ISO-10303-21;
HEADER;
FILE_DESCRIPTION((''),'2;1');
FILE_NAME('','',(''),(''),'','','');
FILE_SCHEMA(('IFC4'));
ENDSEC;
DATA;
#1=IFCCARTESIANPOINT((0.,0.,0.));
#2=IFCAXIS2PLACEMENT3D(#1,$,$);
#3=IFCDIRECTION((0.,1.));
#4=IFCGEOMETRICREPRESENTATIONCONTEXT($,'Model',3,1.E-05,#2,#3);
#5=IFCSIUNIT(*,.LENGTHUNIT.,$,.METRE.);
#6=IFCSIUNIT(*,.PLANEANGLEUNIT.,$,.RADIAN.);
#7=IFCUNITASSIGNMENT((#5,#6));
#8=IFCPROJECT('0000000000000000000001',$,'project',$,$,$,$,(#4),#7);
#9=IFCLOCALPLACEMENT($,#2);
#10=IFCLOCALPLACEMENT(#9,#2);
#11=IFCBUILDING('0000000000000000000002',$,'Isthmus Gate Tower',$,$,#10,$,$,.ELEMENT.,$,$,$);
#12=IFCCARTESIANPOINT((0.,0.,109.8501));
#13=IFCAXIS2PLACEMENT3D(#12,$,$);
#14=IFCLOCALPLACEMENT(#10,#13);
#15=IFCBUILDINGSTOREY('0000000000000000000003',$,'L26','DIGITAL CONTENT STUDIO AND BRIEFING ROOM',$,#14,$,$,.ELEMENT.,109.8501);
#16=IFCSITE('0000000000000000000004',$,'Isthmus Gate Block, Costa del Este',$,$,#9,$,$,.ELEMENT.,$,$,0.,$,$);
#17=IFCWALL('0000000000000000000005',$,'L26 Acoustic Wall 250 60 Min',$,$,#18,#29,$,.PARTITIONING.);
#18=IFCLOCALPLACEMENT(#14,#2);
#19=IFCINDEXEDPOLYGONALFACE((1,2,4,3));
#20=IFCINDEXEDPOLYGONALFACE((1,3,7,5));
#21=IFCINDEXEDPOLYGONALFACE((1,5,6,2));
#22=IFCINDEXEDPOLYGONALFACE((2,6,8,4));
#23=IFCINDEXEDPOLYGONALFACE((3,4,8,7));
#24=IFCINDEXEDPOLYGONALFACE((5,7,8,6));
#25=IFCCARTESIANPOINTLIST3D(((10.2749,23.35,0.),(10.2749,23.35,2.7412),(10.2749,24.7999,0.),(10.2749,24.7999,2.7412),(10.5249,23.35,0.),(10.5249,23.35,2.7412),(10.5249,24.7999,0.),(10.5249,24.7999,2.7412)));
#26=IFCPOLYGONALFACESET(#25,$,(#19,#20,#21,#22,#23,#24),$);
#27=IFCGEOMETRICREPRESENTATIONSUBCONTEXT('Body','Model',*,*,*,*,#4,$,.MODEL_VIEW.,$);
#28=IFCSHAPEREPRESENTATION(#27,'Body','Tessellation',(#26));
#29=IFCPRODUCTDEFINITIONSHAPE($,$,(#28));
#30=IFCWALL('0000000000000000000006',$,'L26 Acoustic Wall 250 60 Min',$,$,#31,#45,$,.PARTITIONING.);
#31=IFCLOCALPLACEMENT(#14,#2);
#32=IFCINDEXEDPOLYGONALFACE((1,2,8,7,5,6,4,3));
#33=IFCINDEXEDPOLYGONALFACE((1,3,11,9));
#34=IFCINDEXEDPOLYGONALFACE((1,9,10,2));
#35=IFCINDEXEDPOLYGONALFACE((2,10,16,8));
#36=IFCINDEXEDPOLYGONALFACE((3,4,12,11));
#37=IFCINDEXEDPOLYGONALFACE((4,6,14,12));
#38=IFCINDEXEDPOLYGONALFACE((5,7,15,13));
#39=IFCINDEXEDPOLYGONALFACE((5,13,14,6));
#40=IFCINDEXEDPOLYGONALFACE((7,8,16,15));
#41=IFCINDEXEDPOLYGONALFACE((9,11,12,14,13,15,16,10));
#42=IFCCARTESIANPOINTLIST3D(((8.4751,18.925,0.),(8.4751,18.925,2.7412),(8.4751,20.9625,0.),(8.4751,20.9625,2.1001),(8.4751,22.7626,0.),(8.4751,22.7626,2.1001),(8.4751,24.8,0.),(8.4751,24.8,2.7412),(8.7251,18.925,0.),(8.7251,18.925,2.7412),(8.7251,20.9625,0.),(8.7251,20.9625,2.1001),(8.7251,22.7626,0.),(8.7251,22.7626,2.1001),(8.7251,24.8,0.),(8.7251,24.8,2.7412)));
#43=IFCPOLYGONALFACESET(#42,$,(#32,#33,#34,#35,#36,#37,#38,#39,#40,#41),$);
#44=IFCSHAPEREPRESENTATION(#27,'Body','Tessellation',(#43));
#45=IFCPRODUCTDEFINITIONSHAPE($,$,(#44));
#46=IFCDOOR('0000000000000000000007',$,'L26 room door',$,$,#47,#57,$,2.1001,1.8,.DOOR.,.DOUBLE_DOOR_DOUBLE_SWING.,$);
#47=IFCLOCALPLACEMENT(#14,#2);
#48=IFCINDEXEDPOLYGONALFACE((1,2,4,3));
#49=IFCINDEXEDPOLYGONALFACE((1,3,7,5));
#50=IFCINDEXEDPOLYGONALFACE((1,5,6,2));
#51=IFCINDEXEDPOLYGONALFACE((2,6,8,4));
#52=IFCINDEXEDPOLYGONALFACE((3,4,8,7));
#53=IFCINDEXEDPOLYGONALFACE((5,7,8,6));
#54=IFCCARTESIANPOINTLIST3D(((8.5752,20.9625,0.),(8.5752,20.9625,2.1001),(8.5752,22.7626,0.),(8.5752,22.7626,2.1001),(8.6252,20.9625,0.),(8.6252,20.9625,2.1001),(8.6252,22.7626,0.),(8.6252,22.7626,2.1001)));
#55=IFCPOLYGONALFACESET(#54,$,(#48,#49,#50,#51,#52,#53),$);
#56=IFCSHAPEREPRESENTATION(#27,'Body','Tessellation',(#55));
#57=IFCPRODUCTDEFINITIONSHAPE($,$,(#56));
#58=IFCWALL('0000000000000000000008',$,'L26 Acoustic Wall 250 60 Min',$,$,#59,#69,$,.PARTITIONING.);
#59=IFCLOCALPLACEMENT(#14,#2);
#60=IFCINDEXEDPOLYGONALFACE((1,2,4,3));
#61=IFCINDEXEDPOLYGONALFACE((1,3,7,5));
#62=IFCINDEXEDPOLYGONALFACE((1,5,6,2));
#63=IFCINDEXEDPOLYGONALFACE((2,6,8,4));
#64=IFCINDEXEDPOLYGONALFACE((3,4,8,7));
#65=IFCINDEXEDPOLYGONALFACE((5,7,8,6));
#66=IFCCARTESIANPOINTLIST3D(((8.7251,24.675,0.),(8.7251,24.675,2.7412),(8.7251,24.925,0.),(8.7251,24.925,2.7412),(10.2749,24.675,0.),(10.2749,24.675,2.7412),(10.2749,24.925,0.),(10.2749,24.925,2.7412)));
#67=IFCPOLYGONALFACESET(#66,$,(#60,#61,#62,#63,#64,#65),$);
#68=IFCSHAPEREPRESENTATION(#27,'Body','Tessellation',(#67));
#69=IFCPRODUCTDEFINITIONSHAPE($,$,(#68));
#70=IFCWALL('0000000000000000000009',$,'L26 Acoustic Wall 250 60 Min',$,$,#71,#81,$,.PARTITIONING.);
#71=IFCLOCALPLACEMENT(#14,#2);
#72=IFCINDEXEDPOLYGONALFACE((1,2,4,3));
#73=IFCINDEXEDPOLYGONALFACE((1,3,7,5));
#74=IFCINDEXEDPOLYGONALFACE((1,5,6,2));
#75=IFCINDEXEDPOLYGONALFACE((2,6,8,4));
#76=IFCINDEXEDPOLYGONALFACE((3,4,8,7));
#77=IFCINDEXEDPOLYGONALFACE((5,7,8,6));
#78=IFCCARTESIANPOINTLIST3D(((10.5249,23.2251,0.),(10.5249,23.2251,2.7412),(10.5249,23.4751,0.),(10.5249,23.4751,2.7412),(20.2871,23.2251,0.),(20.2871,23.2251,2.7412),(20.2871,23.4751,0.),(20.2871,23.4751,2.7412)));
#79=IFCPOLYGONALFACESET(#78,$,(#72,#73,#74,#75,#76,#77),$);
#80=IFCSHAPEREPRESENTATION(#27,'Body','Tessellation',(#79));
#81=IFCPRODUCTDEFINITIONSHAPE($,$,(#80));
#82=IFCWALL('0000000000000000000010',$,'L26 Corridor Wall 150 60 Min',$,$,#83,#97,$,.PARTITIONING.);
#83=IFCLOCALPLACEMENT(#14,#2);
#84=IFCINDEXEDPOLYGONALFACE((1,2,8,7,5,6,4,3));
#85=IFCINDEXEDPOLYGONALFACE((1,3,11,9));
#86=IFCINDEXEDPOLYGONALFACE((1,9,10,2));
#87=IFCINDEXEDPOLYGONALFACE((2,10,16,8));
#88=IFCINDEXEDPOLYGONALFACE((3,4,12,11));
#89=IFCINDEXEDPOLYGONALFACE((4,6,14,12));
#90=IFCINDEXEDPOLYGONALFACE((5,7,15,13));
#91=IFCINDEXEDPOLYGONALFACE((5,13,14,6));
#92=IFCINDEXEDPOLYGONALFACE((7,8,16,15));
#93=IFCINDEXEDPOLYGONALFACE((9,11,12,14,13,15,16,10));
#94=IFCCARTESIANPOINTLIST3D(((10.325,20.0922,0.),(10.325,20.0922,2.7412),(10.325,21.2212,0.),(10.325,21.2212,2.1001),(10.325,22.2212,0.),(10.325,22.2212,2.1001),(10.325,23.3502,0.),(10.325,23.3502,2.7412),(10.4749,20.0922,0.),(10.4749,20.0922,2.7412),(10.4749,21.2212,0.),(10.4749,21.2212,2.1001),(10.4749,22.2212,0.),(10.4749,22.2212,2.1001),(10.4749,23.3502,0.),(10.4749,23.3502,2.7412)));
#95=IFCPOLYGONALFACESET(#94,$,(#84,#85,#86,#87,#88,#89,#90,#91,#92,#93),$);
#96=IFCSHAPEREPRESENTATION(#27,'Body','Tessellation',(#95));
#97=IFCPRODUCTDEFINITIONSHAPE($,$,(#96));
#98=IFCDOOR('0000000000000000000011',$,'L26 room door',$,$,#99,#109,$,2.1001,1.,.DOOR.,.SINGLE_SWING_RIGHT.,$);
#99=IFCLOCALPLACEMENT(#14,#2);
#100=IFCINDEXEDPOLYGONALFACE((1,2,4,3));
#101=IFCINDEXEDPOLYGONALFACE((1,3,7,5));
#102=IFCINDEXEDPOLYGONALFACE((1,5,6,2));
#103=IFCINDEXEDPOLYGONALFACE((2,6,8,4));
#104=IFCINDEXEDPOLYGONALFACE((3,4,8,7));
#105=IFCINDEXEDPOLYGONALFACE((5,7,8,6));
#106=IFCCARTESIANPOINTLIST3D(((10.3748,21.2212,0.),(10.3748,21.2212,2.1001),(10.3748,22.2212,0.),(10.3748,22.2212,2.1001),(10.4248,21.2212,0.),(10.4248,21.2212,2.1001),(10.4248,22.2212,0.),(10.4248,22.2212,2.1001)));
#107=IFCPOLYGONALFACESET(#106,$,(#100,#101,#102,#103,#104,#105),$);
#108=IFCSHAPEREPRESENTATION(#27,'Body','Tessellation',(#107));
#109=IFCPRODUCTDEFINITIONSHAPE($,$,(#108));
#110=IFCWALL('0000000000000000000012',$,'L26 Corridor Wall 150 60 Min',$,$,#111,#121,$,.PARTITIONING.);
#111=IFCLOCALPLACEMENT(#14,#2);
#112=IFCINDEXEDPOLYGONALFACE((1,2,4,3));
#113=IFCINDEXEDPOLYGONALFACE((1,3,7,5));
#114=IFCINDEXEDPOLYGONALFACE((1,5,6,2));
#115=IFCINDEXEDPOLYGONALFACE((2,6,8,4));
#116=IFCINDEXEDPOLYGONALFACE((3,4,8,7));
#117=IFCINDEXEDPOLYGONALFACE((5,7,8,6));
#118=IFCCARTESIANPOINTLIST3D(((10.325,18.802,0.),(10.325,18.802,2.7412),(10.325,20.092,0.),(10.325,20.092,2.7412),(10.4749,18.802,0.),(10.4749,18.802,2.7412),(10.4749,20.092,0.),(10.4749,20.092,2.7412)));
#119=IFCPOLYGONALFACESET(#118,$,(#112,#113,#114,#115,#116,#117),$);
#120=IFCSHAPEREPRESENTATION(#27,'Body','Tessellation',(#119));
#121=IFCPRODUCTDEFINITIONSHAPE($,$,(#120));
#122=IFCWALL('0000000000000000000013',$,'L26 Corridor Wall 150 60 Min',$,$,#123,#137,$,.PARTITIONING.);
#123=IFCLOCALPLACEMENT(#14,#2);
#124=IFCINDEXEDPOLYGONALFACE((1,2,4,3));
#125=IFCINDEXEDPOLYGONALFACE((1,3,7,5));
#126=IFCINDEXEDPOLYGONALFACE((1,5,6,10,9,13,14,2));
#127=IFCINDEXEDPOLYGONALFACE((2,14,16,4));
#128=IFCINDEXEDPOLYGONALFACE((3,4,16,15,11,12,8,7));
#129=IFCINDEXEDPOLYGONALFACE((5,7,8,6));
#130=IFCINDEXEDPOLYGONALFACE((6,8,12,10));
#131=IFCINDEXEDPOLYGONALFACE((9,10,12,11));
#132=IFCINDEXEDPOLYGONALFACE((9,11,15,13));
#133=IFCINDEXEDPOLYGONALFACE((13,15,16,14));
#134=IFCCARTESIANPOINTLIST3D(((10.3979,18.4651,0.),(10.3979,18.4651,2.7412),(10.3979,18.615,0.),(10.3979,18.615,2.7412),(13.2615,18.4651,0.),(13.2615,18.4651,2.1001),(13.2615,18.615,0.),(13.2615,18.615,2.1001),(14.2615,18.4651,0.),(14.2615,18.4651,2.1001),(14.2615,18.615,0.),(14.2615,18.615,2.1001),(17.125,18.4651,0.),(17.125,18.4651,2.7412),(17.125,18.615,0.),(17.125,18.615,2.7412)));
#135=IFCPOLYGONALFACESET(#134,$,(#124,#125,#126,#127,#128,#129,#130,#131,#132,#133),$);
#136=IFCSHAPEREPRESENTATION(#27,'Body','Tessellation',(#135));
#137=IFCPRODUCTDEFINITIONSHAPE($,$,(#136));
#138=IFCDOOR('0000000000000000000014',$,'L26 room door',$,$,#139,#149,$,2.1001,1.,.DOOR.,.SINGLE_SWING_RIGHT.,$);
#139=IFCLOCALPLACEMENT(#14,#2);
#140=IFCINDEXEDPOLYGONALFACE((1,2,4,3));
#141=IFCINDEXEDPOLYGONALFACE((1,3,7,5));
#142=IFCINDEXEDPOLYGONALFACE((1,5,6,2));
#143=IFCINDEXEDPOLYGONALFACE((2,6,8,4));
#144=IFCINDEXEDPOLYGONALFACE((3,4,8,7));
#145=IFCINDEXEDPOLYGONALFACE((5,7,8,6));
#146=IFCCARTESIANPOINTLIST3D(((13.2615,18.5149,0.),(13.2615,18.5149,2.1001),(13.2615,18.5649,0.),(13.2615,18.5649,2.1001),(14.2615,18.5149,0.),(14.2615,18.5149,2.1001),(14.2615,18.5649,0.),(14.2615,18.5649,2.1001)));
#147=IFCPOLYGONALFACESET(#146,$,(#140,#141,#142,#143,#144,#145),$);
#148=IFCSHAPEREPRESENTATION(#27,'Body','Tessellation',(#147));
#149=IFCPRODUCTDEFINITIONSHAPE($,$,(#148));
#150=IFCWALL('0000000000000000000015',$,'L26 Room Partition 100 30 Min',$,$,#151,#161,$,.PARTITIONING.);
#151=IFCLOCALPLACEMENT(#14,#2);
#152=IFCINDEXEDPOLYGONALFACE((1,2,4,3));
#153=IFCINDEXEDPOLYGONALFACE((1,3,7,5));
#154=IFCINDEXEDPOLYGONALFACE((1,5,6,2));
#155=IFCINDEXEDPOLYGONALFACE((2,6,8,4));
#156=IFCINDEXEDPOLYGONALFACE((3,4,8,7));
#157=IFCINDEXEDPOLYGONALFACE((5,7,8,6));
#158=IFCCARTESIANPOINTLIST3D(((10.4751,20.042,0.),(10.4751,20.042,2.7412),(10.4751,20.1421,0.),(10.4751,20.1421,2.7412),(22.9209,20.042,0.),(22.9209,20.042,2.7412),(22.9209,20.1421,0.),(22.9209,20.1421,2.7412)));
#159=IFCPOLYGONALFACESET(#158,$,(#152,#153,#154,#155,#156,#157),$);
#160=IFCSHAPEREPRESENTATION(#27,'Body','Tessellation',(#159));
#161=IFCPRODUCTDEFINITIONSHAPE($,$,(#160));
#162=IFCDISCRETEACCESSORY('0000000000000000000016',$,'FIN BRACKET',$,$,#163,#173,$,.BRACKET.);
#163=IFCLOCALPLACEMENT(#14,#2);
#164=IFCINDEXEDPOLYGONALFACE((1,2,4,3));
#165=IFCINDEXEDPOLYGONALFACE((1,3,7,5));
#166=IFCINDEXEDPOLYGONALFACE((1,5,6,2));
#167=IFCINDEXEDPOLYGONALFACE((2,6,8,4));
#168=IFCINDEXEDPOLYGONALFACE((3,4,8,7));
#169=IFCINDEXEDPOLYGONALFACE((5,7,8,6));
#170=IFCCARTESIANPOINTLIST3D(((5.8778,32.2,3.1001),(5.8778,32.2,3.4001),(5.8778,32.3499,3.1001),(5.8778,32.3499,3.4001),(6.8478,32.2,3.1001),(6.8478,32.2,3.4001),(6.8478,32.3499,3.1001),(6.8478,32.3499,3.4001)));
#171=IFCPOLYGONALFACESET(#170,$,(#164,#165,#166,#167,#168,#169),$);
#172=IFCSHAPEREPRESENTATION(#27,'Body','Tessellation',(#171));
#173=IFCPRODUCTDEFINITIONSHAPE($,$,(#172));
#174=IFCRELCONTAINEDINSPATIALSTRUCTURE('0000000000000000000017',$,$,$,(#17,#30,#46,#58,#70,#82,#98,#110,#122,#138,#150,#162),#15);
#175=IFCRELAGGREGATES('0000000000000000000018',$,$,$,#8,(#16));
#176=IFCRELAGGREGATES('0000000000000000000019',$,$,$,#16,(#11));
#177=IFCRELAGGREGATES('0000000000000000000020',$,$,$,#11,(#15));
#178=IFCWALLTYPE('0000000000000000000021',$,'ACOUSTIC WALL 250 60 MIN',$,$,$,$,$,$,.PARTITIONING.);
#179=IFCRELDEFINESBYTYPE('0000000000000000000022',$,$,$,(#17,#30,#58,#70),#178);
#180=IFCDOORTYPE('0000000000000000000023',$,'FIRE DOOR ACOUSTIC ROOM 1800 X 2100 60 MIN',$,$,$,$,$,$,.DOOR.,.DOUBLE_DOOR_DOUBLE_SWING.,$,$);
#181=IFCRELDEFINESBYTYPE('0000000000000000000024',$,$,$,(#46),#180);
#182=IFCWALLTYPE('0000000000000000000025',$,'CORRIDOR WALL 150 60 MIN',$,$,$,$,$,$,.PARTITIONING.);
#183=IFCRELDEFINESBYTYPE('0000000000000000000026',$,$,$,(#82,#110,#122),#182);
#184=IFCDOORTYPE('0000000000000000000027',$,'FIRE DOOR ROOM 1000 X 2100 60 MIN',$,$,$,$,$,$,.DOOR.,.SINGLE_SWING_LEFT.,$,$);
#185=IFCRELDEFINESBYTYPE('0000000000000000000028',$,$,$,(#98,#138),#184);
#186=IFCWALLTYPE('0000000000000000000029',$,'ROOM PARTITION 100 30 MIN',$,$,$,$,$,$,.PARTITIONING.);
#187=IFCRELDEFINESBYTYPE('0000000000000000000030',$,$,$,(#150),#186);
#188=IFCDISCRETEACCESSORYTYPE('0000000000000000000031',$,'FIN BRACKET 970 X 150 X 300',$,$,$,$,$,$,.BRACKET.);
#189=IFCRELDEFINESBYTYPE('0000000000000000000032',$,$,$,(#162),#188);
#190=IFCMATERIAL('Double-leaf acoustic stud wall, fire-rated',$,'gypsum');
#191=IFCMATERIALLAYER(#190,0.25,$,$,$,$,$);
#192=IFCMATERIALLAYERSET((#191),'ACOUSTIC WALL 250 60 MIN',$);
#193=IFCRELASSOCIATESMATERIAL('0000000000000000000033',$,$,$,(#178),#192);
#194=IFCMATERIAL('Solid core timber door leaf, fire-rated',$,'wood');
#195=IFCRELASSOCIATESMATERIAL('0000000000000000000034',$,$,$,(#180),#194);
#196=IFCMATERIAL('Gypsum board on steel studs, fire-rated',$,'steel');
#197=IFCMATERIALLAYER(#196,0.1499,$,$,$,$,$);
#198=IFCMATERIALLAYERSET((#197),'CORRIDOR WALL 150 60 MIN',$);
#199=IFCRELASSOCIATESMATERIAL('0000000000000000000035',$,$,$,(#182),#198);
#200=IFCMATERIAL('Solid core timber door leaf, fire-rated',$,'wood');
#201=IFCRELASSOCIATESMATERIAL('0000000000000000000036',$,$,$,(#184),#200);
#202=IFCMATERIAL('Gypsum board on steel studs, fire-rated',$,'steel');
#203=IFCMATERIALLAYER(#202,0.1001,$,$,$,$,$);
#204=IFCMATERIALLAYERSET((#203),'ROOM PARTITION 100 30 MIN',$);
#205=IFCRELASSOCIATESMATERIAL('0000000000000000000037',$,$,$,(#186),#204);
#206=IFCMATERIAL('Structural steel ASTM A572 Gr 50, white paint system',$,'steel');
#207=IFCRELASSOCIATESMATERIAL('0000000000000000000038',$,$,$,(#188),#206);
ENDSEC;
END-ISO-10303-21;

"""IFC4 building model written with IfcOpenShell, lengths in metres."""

from ifc_helpers import new_model, si_unit, direction, frame, frame_2d, origin, origin_2d, place, context, subcontext, project, spatial, rectangle, extrude, material, layer, layer_set, type_object, element, fill, save


model = new_model("IFC4")

# Units and contexts
model_context = context("Model", 3, precision=1e-05, world=origin(), true_north=direction((0.0, 1.0)))
body_context = subcontext(model_context, "Body", "Model", "MODEL_VIEW")
ifc_project = project(units=[si_unit("LENGTHUNIT", "METRE"), si_unit("PLANEANGLEUNIT", "RADIAN")], contexts=[model_context])

# Site, building, storey
site_placement = place(None, origin())
site = spatial("IfcSite", under=ifc_project, at=site_placement, Name="Isthmus Gate Block, Costa del Este", CompositionType="ELEMENT", RefElevation=0.0)
building_placement = place(site_placement, origin())
building = spatial("IfcBuilding", under=site, at=building_placement, Name="Isthmus Gate Tower", CompositionType="ELEMENT")
storey_placement = place(building_placement, frame((0.0, 0.0, 109.8501)))
storey = spatial("IfcBuildingStorey", under=building, at=storey_placement, Name="L26", Description="DIGITAL CONTENT STUDIO AND BRIEFING ROOM", CompositionType="ELEMENT", Elevation=109.8501)

# Wall
ifc_material_1 = material(Name="Double-leaf acoustic stud wall, fire-rated", Category="gypsum")
ifc_layer_1 = layer(ifc_material_1, 0.25)
ifc_layer_set_1 = layer_set([ifc_layer_1], Name="ACOUSTIC WALL 250 60 MIN")
wall_type_1 = type_object("IfcWallType", Name="ACOUSTIC WALL 250 60 MIN", PredefinedType="PARTITIONING", material=ifc_layer_set_1)
wall_1_placement = place(storey_placement, frame((10.3999, 24.8, 0.0), z_axis=(0.0, 0.0, 1.0), x_axis=(0.0, -1.0, 0.0)))
element("IfcWall", 1, at=wall_1_placement, inside=storey, type_object=wall_type_1, Name="L26 Acoustic Wall 250 60 Min", PredefinedType="PARTITIONING", context=body_context, shape_type="SweptSolid", body=[
    extrude(rectangle(XDim=1.45, YDim=0.25, at=frame_2d((0.7251, 0.0))), origin(), (0.0, 0.0, 1.0), 2.7412),
])

# Wall, opening, door
wall_2_placement = place(storey_placement, frame((8.6001, 18.925, 0.0), z_axis=(0.0, 0.0, 1.0), x_axis=(0.0, 1.0, 0.0)))
wall_2 = element("IfcWall", 2, at=wall_2_placement, inside=storey, type_object=wall_type_1, Name="L26 Acoustic Wall 250 60 Min", PredefinedType="PARTITIONING", context=body_context, shape_type="SweptSolid", body=[
    extrude(rectangle(XDim=5.875, YDim=0.25, at=frame_2d((2.9375, 0.0))), origin(), (0.0, 0.0, 1.0), 2.7412),
])
opening_1_placement = place(wall_2_placement, frame((2.0376, 0.0, 0.0)))
opening_1 = element("IfcOpeningElement", 3, at=opening_1_placement, cuts=wall_2, PredefinedType="OPENING", context=body_context, shape_type="SweptSolid", body=[
    extrude(rectangle(XDim=1.8, YDim=2.1001, at=frame_2d((0.8999, 1.05))), frame((0.0, 0.135, 0.0), z_axis=(0.0, -1.0, 0.0), x_axis=(1.0, 0.0, 0.0)), (0.0, 0.0, 1.0), 0.27),
])
ifc_material_2 = material(Name="Solid core timber door leaf, fire-rated", Category="wood")
door_type_1 = type_object("IfcDoorType", Name="FIRE DOOR ACOUSTIC ROOM 1800 X 2100 60 MIN", OperationType="DOUBLE_DOOR_DOUBLE_SWING", PredefinedType="DOOR", material=ifc_material_2)
door_1_placement = place(opening_1_placement, origin())
door_1 = element("IfcDoor", 4, at=door_1_placement, inside=storey, type_object=door_type_1, Name="L26 room door", OperationType="DOUBLE_DOOR_DOUBLE_SWING", OverallHeight=2.1001, OverallWidth=1.8, PredefinedType="DOOR", context=body_context, shape_type="SweptSolid", body=[
    extrude(rectangle(XDim=1.8, YDim=2.1001, at=frame_2d((0.8999, 1.05))), frame((0.0, 0.0249, 0.0), z_axis=(0.0, -1.0, 0.0), x_axis=(1.0, 0.0, 0.0)), (0.0, 0.0, 1.0), 0.05),
])
fill(opening_1, door_1)

# Walls
wall_3_placement = place(storey_placement, frame((8.7251, 24.8, 0.0), z_axis=(0.0, 0.0, 1.0), x_axis=(1.0, 0.0, 0.0)))
element("IfcWall", 5, at=wall_3_placement, inside=storey, type_object=wall_type_1, Name="L26 Acoustic Wall 250 60 Min", PredefinedType="PARTITIONING", context=body_context, shape_type="SweptSolid", body=[
    extrude(rectangle(XDim=1.5498, YDim=0.25, at=frame_2d((0.7749, 0.0))), origin(), (0.0, 0.0, 1.0), 2.7412),
])
wall_4_placement = place(storey_placement, frame((10.5249, 23.3501, 0.0), z_axis=(0.0, 0.0, 1.0), x_axis=(1.0, 0.0, 0.0)))
element("IfcWall", 6, at=wall_4_placement, inside=storey, type_object=wall_type_1, Name="L26 Acoustic Wall 250 60 Min", PredefinedType="PARTITIONING", context=body_context, shape_type="SweptSolid", body=[
    extrude(rectangle(XDim=9.7622, YDim=0.25, at=frame_2d((4.8811, 0.0))), origin(), (0.0, 0.0, 1.0), 2.7412),
])

# Wall, opening, door
ifc_material_3 = material(Name="Gypsum board on steel studs, fire-rated", Category="steel")
ifc_layer_2 = layer(ifc_material_3, 0.1499)
ifc_layer_set_2 = layer_set([ifc_layer_2], Name="CORRIDOR WALL 150 60 MIN")
wall_type_2 = type_object("IfcWallType", Name="CORRIDOR WALL 150 60 MIN", PredefinedType="PARTITIONING", material=ifc_layer_set_2)
wall_5_placement = place(storey_placement, frame((10.3999, 23.3501, 0.0), z_axis=(0.0, 0.0, 1.0), x_axis=(0.0, -1.0, 0.0)))
wall_5 = element("IfcWall", 7, at=wall_5_placement, inside=storey, type_object=wall_type_2, Name="L26 Corridor Wall 150 60 Min", PredefinedType="PARTITIONING", context=body_context, shape_type="SweptSolid", body=[
    extrude(rectangle(XDim=3.2581, YDim=0.1499, at=frame_2d((1.6289, 0.0))), origin(), (0.0, 0.0, 1.0), 2.7412),
])
opening_2_placement = place(wall_5_placement, frame((1.1289, 0.0, 0.0)))
opening_2 = element("IfcOpeningElement", 8, at=opening_2_placement, cuts=wall_5, PredefinedType="OPENING", context=body_context, shape_type="SweptSolid", body=[
    extrude(rectangle(XDim=1.0, YDim=2.1001, at=frame_2d((0.5, 1.05))), frame((0.0, 0.085, 0.0), z_axis=(0.0, -1.0, 0.0), x_axis=(1.0, 0.0, 0.0)), (0.0, 0.0, 1.0), 0.1699),
])
ifc_material_4 = material(Name="Solid core timber door leaf, fire-rated", Category="wood")
door_type_2 = type_object("IfcDoorType", Name="FIRE DOOR ROOM 1000 X 2100 60 MIN", OperationType="SINGLE_SWING_LEFT", PredefinedType="DOOR", material=ifc_material_4)
door_2_placement = place(opening_2_placement, origin())
door_2 = element("IfcDoor", 9, at=door_2_placement, inside=storey, type_object=door_type_2, Name="L26 room door", OperationType="SINGLE_SWING_RIGHT", OverallHeight=2.1001, OverallWidth=1.0, PredefinedType="DOOR", context=body_context, shape_type="SweptSolid", body=[
    extrude(rectangle(XDim=1.0, YDim=2.1001, at=frame_2d((0.5, 1.05))), frame((0.0, 0.0249, 0.0), z_axis=(0.0, -1.0, 0.0), x_axis=(1.0, 0.0, 0.0)), (0.0, 0.0, 1.0), 0.05),
])
fill(opening_2, door_2)

# Wall
wall_6_placement = place(storey_placement, frame((10.3999, 20.092, 0.0), z_axis=(0.0, 0.0, 1.0), x_axis=(0.0, -1.0, 0.0)))
element("IfcWall", 10, at=wall_6_placement, inside=storey, type_object=wall_type_2, Name="L26 Corridor Wall 150 60 Min", PredefinedType="PARTITIONING", context=body_context, shape_type="SweptSolid", body=[
    extrude(rectangle(XDim=1.29, YDim=0.1499, at=frame_2d((0.645, 0.0))), origin(), (0.0, 0.0, 1.0), 2.7412),
])

# Wall, opening, door
wall_7_placement = place(storey_placement, frame((10.3979, 18.54, 0.0), z_axis=(0.0, 0.0, 1.0), x_axis=(1.0, 0.0, 0.0)))
wall_7 = element("IfcWall", 11, at=wall_7_placement, inside=storey, type_object=wall_type_2, Name="L26 Corridor Wall 150 60 Min", PredefinedType="PARTITIONING", context=body_context, shape_type="SweptSolid", body=[
    extrude(rectangle(XDim=6.7271, YDim=0.1499, at=frame_2d((3.3635, 0.0))), origin(), (0.0, 0.0, 1.0), 2.7412),
])
opening_3_placement = place(wall_7_placement, frame((2.8635, 0.0, 0.0)))
opening_3 = element("IfcOpeningElement", 12, at=opening_3_placement, cuts=wall_7, PredefinedType="OPENING", context=body_context, shape_type="SweptSolid", body=[
    extrude(rectangle(XDim=1.0, YDim=2.1001, at=frame_2d((0.5, 1.05))), frame((0.0, 0.085, 0.0), z_axis=(0.0, -1.0, 0.0), x_axis=(1.0, 0.0, 0.0)), (0.0, 0.0, 1.0), 0.1699),
])
door_3_placement = place(opening_3_placement, origin())
door_3 = element("IfcDoor", 13, at=door_3_placement, inside=storey, type_object=door_type_2, Name="L26 room door", OperationType="SINGLE_SWING_RIGHT", OverallHeight=2.1001, OverallWidth=1.0, PredefinedType="DOOR", context=body_context, shape_type="SweptSolid", body=[
    extrude(rectangle(XDim=1.0, YDim=2.1001, at=frame_2d((0.5, 1.05))), frame((0.0, 0.0249, 0.0), z_axis=(0.0, -1.0, 0.0), x_axis=(1.0, 0.0, 0.0)), (0.0, 0.0, 1.0), 0.05),
])
fill(opening_3, door_3)

# Wall
ifc_material_5 = material(Name="Gypsum board on steel studs, fire-rated", Category="steel")
ifc_layer_3 = layer(ifc_material_5, 0.1001)
ifc_layer_set_3 = layer_set([ifc_layer_3], Name="ROOM PARTITION 100 30 MIN")
wall_type_3 = type_object("IfcWallType", Name="ROOM PARTITION 100 30 MIN", PredefinedType="PARTITIONING", material=ifc_layer_set_3)
wall_8_placement = place(storey_placement, frame((10.4751, 20.092, 0.0), z_axis=(0.0, 0.0, 1.0), x_axis=(1.0, 0.0, 0.0)))
element("IfcWall", 14, at=wall_8_placement, inside=storey, type_object=wall_type_3, Name="L26 Room Partition 100 30 Min", PredefinedType="PARTITIONING", context=body_context, shape_type="SweptSolid", body=[
    extrude(rectangle(XDim=12.4458, YDim=0.1001, at=frame_2d((6.2229, 0.0))), origin(), (0.0, 0.0, 1.0), 2.7412),
])

# Discrete accessory
ifc_material_6 = material(Name="Structural steel ASTM A572 Gr 50, white paint system", Category="steel")
discrete_accessory_type = type_object("IfcDiscreteAccessoryType", Name="FIN BRACKET 970 X 150 X 300", PredefinedType="BRACKET", material=ifc_material_6)
for number, where, z_axis, x_axis, name in (
    (15, (6.3628, 32.2749, 3.1001), (0.0, 0.0, 1.0), (0.0, 1.0, 0.0), "FIN BRACKET"),
):
    element("IfcDiscreteAccessory", number, at=place(storey_placement, frame(where, z_axis=z_axis, x_axis=x_axis)), inside=storey, type_object=discrete_accessory_type, Name=name, PredefinedType="BRACKET", context=body_context, shape_type="SweptSolid", body=[
        extrude(rectangle(XDim=0.1499, YDim=0.97, at=origin_2d()), origin(), (0.0, 0.0, 1.0), 0.3),
    ])

save(model, "model.ifc")
